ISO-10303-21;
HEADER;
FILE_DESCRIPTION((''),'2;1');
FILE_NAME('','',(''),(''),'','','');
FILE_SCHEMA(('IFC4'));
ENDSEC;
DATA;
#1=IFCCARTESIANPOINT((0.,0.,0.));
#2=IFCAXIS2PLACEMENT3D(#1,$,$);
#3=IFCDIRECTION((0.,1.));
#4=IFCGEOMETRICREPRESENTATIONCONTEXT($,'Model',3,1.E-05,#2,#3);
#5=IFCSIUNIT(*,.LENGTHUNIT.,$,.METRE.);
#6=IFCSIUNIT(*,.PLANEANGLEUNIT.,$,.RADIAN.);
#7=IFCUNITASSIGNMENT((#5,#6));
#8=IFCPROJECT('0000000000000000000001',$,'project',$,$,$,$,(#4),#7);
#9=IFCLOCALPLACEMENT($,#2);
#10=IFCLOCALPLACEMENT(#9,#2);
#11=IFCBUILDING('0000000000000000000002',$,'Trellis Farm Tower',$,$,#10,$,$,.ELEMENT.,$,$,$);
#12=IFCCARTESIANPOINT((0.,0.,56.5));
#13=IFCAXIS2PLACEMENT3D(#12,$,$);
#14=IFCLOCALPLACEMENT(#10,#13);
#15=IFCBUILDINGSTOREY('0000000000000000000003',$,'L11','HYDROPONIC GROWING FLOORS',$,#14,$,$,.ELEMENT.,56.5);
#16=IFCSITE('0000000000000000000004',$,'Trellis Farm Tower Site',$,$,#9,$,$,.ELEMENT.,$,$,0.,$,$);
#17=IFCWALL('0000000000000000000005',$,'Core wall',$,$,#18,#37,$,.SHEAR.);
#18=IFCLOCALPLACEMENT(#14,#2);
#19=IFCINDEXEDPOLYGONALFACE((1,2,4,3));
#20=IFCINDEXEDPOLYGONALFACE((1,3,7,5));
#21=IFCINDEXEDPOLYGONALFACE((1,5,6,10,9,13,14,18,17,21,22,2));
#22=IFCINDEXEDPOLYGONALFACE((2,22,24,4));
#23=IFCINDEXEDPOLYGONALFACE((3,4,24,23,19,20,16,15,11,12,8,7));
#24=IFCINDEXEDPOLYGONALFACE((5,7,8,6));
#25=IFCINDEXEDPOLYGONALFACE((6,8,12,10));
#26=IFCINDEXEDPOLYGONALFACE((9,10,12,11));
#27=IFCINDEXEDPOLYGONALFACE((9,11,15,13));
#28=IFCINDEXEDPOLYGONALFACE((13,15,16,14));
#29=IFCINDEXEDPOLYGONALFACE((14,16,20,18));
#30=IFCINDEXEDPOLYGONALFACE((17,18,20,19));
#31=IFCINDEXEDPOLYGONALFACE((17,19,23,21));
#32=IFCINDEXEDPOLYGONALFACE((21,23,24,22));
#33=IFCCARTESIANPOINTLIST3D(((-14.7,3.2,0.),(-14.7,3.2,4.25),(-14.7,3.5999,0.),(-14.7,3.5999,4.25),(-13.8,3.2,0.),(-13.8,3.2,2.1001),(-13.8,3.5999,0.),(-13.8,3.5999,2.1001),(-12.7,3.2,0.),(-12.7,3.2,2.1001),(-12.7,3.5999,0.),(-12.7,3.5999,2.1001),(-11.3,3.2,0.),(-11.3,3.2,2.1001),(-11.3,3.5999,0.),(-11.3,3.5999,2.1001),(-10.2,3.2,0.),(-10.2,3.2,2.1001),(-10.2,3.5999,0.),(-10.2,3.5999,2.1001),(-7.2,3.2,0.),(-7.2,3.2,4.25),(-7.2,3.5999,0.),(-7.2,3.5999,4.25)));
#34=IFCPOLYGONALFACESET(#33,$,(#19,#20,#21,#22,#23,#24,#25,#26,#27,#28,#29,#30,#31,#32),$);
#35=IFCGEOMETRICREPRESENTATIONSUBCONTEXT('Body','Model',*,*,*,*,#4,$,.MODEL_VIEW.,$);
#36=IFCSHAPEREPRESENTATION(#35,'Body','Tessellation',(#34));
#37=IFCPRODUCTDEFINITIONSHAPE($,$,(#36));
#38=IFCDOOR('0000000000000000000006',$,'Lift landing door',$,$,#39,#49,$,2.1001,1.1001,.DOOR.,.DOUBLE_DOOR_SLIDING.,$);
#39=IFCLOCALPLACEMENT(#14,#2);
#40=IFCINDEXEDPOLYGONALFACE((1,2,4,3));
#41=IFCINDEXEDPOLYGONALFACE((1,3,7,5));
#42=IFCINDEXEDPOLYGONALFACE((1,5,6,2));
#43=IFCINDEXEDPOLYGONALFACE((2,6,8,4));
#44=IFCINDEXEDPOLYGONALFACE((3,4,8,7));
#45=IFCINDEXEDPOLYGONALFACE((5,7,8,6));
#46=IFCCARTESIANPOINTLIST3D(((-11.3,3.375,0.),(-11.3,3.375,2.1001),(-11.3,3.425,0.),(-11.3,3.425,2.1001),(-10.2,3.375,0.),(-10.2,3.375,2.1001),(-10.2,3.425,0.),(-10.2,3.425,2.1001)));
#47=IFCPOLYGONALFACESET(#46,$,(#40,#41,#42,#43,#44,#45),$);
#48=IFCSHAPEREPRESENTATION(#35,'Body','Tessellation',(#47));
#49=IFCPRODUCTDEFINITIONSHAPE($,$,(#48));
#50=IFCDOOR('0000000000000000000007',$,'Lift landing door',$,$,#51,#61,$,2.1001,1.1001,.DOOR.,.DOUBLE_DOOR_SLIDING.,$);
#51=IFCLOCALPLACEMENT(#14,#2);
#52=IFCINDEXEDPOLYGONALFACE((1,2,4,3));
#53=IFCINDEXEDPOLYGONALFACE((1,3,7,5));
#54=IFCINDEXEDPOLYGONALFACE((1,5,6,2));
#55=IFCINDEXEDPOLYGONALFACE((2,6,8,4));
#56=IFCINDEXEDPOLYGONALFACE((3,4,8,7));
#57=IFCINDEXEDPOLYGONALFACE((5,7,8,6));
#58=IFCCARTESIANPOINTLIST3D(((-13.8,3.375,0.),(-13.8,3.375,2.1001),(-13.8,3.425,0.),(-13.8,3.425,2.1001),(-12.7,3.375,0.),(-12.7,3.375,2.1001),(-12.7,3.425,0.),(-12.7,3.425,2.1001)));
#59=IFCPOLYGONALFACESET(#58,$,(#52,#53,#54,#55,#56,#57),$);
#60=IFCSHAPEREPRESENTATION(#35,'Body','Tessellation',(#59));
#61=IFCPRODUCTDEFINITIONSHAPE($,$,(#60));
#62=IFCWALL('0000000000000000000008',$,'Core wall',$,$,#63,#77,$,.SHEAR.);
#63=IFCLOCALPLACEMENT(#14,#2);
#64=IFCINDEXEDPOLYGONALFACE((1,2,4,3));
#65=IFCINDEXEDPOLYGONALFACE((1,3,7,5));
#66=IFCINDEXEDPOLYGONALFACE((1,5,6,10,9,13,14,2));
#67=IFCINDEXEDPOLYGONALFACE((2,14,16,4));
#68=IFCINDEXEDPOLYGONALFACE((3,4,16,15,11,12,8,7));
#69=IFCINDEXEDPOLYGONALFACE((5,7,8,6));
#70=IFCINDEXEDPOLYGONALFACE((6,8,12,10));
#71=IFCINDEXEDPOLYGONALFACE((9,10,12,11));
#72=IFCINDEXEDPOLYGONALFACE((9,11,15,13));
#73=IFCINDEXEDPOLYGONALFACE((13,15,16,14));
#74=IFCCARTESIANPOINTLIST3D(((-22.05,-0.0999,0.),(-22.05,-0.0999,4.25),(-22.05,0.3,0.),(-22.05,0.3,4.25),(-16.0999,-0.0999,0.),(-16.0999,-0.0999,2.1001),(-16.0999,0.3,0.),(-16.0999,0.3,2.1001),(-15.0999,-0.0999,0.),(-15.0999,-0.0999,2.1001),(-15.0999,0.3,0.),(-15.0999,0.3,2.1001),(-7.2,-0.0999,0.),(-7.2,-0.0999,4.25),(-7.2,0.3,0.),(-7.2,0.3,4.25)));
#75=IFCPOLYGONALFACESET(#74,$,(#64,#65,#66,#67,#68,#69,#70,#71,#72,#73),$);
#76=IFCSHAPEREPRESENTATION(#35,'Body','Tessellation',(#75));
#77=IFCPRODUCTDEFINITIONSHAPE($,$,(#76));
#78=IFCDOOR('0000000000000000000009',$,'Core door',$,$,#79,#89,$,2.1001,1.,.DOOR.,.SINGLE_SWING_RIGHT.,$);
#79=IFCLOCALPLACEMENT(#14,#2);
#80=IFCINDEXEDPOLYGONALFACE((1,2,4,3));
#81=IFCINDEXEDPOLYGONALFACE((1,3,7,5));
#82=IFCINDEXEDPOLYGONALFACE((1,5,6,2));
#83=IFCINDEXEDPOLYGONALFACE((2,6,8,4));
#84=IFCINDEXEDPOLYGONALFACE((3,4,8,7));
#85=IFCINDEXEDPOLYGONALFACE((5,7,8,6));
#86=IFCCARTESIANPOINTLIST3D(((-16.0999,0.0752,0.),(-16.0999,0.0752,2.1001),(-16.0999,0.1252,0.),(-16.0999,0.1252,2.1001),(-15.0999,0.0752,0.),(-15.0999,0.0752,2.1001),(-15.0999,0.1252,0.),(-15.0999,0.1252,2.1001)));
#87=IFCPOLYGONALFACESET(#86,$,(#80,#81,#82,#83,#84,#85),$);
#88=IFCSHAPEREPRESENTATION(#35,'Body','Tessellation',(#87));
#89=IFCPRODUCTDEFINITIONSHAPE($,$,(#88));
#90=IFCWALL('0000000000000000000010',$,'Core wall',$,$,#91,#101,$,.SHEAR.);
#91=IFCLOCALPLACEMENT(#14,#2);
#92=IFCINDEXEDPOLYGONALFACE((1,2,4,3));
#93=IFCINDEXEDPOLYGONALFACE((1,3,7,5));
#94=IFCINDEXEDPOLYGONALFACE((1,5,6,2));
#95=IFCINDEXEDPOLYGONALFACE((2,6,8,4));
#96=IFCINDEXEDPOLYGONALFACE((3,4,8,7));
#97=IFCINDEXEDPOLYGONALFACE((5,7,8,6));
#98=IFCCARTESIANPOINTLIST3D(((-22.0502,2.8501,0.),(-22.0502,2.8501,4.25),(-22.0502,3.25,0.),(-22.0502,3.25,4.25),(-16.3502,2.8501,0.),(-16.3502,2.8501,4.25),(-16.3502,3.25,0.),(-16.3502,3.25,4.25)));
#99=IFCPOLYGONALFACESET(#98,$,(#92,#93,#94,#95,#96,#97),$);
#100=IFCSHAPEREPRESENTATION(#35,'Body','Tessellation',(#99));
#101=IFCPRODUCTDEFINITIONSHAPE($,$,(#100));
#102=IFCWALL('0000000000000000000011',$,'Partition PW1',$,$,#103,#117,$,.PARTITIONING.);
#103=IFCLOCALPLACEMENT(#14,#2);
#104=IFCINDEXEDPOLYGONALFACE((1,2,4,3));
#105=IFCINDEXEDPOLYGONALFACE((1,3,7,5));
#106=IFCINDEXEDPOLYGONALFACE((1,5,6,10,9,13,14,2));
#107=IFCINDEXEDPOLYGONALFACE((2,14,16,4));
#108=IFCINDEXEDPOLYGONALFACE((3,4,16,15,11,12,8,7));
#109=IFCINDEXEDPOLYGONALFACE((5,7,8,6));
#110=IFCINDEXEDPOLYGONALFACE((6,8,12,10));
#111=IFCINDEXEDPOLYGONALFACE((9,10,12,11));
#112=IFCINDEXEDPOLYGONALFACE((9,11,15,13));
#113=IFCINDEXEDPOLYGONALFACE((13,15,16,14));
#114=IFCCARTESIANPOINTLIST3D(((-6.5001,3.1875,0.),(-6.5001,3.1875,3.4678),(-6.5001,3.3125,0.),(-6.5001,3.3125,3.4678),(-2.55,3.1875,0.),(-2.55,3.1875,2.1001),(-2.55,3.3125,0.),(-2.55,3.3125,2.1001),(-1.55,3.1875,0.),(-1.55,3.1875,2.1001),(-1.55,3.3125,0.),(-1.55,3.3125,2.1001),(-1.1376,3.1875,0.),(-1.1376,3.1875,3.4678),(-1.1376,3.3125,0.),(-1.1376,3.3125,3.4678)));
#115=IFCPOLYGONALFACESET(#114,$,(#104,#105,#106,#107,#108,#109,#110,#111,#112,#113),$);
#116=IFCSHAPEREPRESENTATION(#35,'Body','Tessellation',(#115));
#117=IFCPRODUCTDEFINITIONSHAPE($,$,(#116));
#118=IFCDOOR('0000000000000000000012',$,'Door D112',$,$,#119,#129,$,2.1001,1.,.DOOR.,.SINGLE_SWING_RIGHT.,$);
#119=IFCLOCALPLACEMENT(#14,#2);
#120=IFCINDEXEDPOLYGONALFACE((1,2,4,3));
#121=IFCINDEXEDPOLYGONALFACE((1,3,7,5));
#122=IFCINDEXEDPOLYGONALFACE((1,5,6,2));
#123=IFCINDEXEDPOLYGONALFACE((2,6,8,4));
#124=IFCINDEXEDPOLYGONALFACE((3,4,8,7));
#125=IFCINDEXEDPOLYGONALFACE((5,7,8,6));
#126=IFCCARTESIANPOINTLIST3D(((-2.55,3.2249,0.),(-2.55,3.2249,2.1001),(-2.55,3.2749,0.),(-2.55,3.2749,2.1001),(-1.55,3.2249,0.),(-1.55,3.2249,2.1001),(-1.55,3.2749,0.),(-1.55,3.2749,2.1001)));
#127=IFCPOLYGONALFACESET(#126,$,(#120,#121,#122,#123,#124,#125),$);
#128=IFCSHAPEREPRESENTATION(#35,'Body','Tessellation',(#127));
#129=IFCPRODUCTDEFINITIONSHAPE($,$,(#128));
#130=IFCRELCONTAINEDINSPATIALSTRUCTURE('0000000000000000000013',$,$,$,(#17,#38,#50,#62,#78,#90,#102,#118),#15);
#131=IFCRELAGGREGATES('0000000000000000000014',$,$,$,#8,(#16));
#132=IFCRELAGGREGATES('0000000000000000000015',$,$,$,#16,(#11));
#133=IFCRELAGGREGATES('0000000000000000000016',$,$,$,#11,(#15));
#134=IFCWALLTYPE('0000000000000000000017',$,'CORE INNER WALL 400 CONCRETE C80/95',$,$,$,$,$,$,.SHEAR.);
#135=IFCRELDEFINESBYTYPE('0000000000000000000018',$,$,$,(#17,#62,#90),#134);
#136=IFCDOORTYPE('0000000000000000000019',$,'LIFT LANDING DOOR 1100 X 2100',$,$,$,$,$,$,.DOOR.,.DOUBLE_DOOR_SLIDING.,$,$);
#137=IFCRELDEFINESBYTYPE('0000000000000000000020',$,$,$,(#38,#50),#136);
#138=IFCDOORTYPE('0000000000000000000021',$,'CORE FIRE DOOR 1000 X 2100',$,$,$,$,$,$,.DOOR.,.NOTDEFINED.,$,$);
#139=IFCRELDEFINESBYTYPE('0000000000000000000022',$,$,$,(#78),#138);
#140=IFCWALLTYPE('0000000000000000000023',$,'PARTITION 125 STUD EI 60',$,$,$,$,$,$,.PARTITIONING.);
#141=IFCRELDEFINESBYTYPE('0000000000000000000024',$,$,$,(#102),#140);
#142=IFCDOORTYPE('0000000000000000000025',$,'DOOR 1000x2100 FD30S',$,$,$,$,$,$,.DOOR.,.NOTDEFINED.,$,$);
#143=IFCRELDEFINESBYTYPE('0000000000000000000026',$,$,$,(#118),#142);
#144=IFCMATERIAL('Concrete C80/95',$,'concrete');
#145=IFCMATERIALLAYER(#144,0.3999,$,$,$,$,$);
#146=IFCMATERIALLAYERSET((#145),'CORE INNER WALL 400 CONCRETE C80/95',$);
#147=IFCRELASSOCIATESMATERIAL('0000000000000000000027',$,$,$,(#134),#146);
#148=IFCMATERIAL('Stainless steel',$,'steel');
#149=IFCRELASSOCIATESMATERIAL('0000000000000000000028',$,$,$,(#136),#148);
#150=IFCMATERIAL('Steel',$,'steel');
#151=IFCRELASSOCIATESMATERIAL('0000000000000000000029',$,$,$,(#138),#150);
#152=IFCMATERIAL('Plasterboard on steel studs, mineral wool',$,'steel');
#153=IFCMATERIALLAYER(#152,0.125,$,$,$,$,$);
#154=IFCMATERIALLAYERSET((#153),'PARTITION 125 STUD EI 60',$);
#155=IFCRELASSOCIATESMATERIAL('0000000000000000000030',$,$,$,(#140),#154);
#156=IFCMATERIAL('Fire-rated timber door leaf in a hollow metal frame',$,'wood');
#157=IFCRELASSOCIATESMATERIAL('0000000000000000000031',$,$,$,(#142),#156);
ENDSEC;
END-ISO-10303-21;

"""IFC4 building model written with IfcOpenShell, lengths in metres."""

from ifc_helpers import new_model, si_unit, direction, frame, frame_2d, origin, place, context, subcontext, project, spatial, rectangle, extrude, source, transform, mapped, material, layer, layer_set, type_object, element, fill, save


model = new_model("IFC4")

# Units and contexts
model_context = context("Model", 3, precision=1e-05, world=origin(), true_north=direction((0.0, 1.0)))
body_context = subcontext(model_context, "Body", "Model", "MODEL_VIEW")
ifc_project = project(units=[si_unit("LENGTHUNIT", "METRE"), si_unit("PLANEANGLEUNIT", "RADIAN")], contexts=[model_context])

# Site, building, storey
site_placement = place(None, origin())
site = spatial("IfcSite", under=ifc_project, at=site_placement, Name="Trellis Farm Tower Site", CompositionType="ELEMENT", RefElevation=0.0)
building_placement = place(site_placement, origin())
building = spatial("IfcBuilding", under=site, at=building_placement, Name="Trellis Farm Tower", CompositionType="ELEMENT")
storey_placement = place(building_placement, frame((0.0, 0.0, 56.5)))
storey = spatial("IfcBuildingStorey", under=building, at=storey_placement, Name="L11", Description="HYDROPONIC GROWING FLOORS", CompositionType="ELEMENT", Elevation=56.5)

# Shared definitions
ifc_material_1 = material(Name="Concrete C80/95", Category="concrete")

# Wall, openings, doors
ifc_layer_1 = layer(ifc_material_1, 0.3999)
ifc_layer_set_1 = layer_set([ifc_layer_1], Name="CORE INNER WALL 400 CONCRETE C80/95")
wall_type_1 = type_object("IfcWallType", Name="CORE INNER WALL 400 CONCRETE C80/95", PredefinedType="SHEAR", material=ifc_layer_set_1)
shared_shape_1 = source(origin(), body_context, "Body", "SweptSolid", [
    extrude(rectangle(XDim=7.5, YDim=0.3999, at=frame_2d((3.75, 0.0))), origin(), (0.0, 0.0, 1.0), 4.25),
])
wall_1_placement = place(storey_placement, frame((-7.2, 3.3999, 0.0), z_axis=(0.0, 0.0, 1.0), x_axis=(-1.0, 0.0, 0.0)))
wall_1 = element("IfcWall", 1, at=wall_1_placement, inside=storey, type_object=wall_type_1, Name="Core wall", PredefinedType="SHEAR", context=body_context, shape_type="MappedRepresentation", body=[
    mapped(shared_shape_1, transform((0.0, 0.0, 0.0))),
])
shared_shape_2 = source(origin(), body_context, "Body", "SweptSolid", [
    extrude(rectangle(XDim=1.1001, YDim=2.1001, at=frame_2d((0.55, 1.05))), frame((0.0, 0.21, 0.0), z_axis=(0.0, -1.0, 0.0), x_axis=(1.0, 0.0, 0.0)), (0.0, 0.0, 1.0), 0.4199),
])
opening_1_placement = place(wall_1_placement, frame((3.0, 0.0, 0.0)))
opening_1 = element("IfcOpeningElement", 2, at=opening_1_placement, cuts=wall_1, PredefinedType="OPENING", context=body_context, shape_type="MappedRepresentation", body=[
    mapped(shared_shape_2, transform((0.0, 0.0, 0.0))),
])
opening_2_placement = place(wall_1_placement, frame((5.5, 0.0, 0.0)))
opening_2 = element("IfcOpeningElement", 3, at=opening_2_placement, cuts=wall_1, PredefinedType="OPENING", context=body_context, shape_type="MappedRepresentation", body=[
    mapped(shared_shape_2, transform((0.0, 0.0, 0.0))),
])
ifc_material_2 = material(Name="Stainless steel", Category="steel")
door_type_1 = type_object("IfcDoorType", Name="LIFT LANDING DOOR 1100 X 2100", OperationType="DOUBLE_DOOR_SLIDING", PredefinedType="DOOR", material=ifc_material_2)
shared_shape_3 = source(origin(), body_context, "Body", "SweptSolid", [
    extrude(rectangle(XDim=1.1001, YDim=2.1001, at=frame_2d((0.55, 1.05))), frame((0.0, 0.0249, 0.0), z_axis=(0.0, -1.0, 0.0), x_axis=(1.0, 0.0, 0.0)), (0.0, 0.0, 1.0), 0.05),
])
door_1_placement = place(opening_1_placement, origin())
door_1 = element("IfcDoor", 4, at=door_1_placement, inside=storey, type_object=door_type_1, Name="Lift landing door", OperationType="DOUBLE_DOOR_SLIDING", OverallHeight=2.1001, OverallWidth=1.1001, PredefinedType="DOOR", context=body_context, shape_type="MappedRepresentation", body=[
    mapped(shared_shape_3, transform((0.0, 0.0, 0.0))),
])
fill(opening_1, door_1)
door_2_placement = place(opening_2_placement, origin())
door_2 = element("IfcDoor", 5, at=door_2_placement, inside=storey, type_object=door_type_1, Name="Lift landing door", OperationType="DOUBLE_DOOR_SLIDING", OverallHeight=2.1001, OverallWidth=1.1001, PredefinedType="DOOR", context=body_context, shape_type="MappedRepresentation", body=[
    mapped(shared_shape_3, transform((0.0, 0.0, 0.0))),
])
fill(opening_2, door_2)

# Wall, opening, door
shared_shape_4 = source(origin(), body_context, "Body", "SweptSolid", [
    extrude(rectangle(XDim=14.8501, YDim=0.3999, at=frame_2d((7.425, 0.0))), origin(), (0.0, 0.0, 1.0), 4.25),
])
wall_2_placement = place(storey_placement, frame((-7.2, 0.1001, 0.0), z_axis=(0.0, 0.0, 1.0), x_axis=(-1.0, 0.0, 0.0)))
wall_2 = element("IfcWall", 6, at=wall_2_placement, inside=storey, type_object=wall_type_1, Name="Core wall", PredefinedType="SHEAR", context=body_context, shape_type="MappedRepresentation", body=[
    mapped(shared_shape_4, transform((0.0, 0.0, 0.0))),
])
shared_shape_5 = source(origin(), body_context, "Body", "SweptSolid", [
    extrude(rectangle(XDim=1.0, YDim=2.1001, at=frame_2d((0.5, 1.05))), frame((0.0, 0.21, 0.0), z_axis=(0.0, -1.0, 0.0), x_axis=(1.0, 0.0, 0.0)), (0.0, 0.0, 1.0), 0.4199),
])
opening_3_placement = place(wall_2_placement, frame((7.8999, 0.0, 0.0)))
opening_3 = element("IfcOpeningElement", 7, at=opening_3_placement, cuts=wall_2, PredefinedType="OPENING", context=body_context, shape_type="MappedRepresentation", body=[
    mapped(shared_shape_5, transform((0.0, 0.0, 0.0))),
])
ifc_material_3 = material(Name="Steel", Category="steel")
door_type_2 = type_object("IfcDoorType", Name="CORE FIRE DOOR 1000 X 2100", OperationType="NOTDEFINED", PredefinedType="DOOR", material=ifc_material_3)
shared_shape_6 = source(origin(), body_context, "Body", "SweptSolid", [
    extrude(rectangle(XDim=1.0, YDim=2.1001, at=frame_2d((0.5, 1.05))), frame((0.0, 0.0249, 0.0), z_axis=(0.0, -1.0, 0.0), x_axis=(1.0, 0.0, 0.0)), (0.0, 0.0, 1.0), 0.05),
])
door_3_placement = place(opening_3_placement, origin())
door_3 = element("IfcDoor", 8, at=door_3_placement, inside=storey, type_object=door_type_2, Name="Core door", OperationType="SINGLE_SWING_RIGHT", OverallHeight=2.1001, OverallWidth=1.0, PredefinedType="DOOR", context=body_context, shape_type="MappedRepresentation", body=[
    mapped(shared_shape_6, transform((0.0, 0.0, 0.0))),
])
fill(opening_3, door_3)

# Wall
shared_shape_7 = source(origin(), body_context, "Body", "SweptSolid", [
    extrude(rectangle(XDim=5.7, YDim=0.3999, at=frame_2d((2.8501, 0.0))), origin(), (0.0, 0.0, 1.0), 4.25),
])
wall_3_placement = place(storey_placement, frame((-16.3501, 3.05, 0.0), z_axis=(0.0, 0.0, 1.0), x_axis=(-1.0, 0.0, 0.0)))
element("IfcWall", 9, at=wall_3_placement, inside=storey, type_object=wall_type_1, Name="Core wall", PredefinedType="SHEAR", context=body_context, shape_type="MappedRepresentation", body=[
    mapped(shared_shape_7, transform((0.0, 0.0, 0.0))),
])

# Wall, opening, door
ifc_material_4 = material(Name="Plasterboard on steel studs, mineral wool", Category="steel")
ifc_layer_2 = layer(ifc_material_4, 0.125)
ifc_layer_set_2 = layer_set([ifc_layer_2], Name="PARTITION 125 STUD EI 60")
wall_type_2 = type_object("IfcWallType", Name="PARTITION 125 STUD EI 60", PredefinedType="PARTITIONING", material=ifc_layer_set_2)
shared_shape_8 = source(origin(), body_context, "Body", "SweptSolid", [
    extrude(rectangle(XDim=5.3625, YDim=0.125, at=frame_2d((2.6812, 0.0))), origin(), (0.0, 0.0, 1.0), 3.4678),
])
wall_4_placement = place(storey_placement, frame((-6.5, 3.25, 0.0), z_axis=(0.0, 0.0, 1.0), x_axis=(1.0, 0.0, 0.0)))
wall_4 = element("IfcWall", 10, at=wall_4_placement, inside=storey, type_object=wall_type_2, Name="Partition PW1", PredefinedType="PARTITIONING", context=body_context, shape_type="MappedRepresentation", body=[
    mapped(shared_shape_8, transform((0.0, 0.0, 0.0))),
])
shared_shape_9 = source(origin(), body_context, "Body", "SweptSolid", [
    extrude(rectangle(XDim=1.0, YDim=2.1001, at=frame_2d((0.5, 1.05))), frame((0.0, 0.0725, 0.0), z_axis=(0.0, -1.0, 0.0), x_axis=(1.0, 0.0, 0.0)), (0.0, 0.0, 1.0), 0.145),
])
opening_4_placement = place(wall_4_placement, frame((3.95, 0.0, 0.0)))
opening_4 = element("IfcOpeningElement", 11, at=opening_4_placement, cuts=wall_4, PredefinedType="OPENING", context=body_context, shape_type="MappedRepresentation", body=[
    mapped(shared_shape_9, transform((0.0, 0.0, 0.0))),
])
ifc_material_5 = material(Name="Fire-rated timber door leaf in a hollow metal frame", Category="wood")
door_type_3 = type_object("IfcDoorType", Name="DOOR 1000x2100 FD30S", OperationType="NOTDEFINED", PredefinedType="DOOR", material=ifc_material_5)
door_4_placement = place(opening_4_placement, origin())
door_4 = element("IfcDoor", 12, at=door_4_placement, inside=storey, type_object=door_type_3, Name="Door D112", OperationType="SINGLE_SWING_RIGHT", OverallHeight=2.1001, OverallWidth=1.0, PredefinedType="DOOR", context=body_context, shape_type="MappedRepresentation", body=[
    mapped(shared_shape_6, transform((0.0, 0.0, 0.0))),
])
fill(opening_4, door_4)

save(model, "model.ifc")
